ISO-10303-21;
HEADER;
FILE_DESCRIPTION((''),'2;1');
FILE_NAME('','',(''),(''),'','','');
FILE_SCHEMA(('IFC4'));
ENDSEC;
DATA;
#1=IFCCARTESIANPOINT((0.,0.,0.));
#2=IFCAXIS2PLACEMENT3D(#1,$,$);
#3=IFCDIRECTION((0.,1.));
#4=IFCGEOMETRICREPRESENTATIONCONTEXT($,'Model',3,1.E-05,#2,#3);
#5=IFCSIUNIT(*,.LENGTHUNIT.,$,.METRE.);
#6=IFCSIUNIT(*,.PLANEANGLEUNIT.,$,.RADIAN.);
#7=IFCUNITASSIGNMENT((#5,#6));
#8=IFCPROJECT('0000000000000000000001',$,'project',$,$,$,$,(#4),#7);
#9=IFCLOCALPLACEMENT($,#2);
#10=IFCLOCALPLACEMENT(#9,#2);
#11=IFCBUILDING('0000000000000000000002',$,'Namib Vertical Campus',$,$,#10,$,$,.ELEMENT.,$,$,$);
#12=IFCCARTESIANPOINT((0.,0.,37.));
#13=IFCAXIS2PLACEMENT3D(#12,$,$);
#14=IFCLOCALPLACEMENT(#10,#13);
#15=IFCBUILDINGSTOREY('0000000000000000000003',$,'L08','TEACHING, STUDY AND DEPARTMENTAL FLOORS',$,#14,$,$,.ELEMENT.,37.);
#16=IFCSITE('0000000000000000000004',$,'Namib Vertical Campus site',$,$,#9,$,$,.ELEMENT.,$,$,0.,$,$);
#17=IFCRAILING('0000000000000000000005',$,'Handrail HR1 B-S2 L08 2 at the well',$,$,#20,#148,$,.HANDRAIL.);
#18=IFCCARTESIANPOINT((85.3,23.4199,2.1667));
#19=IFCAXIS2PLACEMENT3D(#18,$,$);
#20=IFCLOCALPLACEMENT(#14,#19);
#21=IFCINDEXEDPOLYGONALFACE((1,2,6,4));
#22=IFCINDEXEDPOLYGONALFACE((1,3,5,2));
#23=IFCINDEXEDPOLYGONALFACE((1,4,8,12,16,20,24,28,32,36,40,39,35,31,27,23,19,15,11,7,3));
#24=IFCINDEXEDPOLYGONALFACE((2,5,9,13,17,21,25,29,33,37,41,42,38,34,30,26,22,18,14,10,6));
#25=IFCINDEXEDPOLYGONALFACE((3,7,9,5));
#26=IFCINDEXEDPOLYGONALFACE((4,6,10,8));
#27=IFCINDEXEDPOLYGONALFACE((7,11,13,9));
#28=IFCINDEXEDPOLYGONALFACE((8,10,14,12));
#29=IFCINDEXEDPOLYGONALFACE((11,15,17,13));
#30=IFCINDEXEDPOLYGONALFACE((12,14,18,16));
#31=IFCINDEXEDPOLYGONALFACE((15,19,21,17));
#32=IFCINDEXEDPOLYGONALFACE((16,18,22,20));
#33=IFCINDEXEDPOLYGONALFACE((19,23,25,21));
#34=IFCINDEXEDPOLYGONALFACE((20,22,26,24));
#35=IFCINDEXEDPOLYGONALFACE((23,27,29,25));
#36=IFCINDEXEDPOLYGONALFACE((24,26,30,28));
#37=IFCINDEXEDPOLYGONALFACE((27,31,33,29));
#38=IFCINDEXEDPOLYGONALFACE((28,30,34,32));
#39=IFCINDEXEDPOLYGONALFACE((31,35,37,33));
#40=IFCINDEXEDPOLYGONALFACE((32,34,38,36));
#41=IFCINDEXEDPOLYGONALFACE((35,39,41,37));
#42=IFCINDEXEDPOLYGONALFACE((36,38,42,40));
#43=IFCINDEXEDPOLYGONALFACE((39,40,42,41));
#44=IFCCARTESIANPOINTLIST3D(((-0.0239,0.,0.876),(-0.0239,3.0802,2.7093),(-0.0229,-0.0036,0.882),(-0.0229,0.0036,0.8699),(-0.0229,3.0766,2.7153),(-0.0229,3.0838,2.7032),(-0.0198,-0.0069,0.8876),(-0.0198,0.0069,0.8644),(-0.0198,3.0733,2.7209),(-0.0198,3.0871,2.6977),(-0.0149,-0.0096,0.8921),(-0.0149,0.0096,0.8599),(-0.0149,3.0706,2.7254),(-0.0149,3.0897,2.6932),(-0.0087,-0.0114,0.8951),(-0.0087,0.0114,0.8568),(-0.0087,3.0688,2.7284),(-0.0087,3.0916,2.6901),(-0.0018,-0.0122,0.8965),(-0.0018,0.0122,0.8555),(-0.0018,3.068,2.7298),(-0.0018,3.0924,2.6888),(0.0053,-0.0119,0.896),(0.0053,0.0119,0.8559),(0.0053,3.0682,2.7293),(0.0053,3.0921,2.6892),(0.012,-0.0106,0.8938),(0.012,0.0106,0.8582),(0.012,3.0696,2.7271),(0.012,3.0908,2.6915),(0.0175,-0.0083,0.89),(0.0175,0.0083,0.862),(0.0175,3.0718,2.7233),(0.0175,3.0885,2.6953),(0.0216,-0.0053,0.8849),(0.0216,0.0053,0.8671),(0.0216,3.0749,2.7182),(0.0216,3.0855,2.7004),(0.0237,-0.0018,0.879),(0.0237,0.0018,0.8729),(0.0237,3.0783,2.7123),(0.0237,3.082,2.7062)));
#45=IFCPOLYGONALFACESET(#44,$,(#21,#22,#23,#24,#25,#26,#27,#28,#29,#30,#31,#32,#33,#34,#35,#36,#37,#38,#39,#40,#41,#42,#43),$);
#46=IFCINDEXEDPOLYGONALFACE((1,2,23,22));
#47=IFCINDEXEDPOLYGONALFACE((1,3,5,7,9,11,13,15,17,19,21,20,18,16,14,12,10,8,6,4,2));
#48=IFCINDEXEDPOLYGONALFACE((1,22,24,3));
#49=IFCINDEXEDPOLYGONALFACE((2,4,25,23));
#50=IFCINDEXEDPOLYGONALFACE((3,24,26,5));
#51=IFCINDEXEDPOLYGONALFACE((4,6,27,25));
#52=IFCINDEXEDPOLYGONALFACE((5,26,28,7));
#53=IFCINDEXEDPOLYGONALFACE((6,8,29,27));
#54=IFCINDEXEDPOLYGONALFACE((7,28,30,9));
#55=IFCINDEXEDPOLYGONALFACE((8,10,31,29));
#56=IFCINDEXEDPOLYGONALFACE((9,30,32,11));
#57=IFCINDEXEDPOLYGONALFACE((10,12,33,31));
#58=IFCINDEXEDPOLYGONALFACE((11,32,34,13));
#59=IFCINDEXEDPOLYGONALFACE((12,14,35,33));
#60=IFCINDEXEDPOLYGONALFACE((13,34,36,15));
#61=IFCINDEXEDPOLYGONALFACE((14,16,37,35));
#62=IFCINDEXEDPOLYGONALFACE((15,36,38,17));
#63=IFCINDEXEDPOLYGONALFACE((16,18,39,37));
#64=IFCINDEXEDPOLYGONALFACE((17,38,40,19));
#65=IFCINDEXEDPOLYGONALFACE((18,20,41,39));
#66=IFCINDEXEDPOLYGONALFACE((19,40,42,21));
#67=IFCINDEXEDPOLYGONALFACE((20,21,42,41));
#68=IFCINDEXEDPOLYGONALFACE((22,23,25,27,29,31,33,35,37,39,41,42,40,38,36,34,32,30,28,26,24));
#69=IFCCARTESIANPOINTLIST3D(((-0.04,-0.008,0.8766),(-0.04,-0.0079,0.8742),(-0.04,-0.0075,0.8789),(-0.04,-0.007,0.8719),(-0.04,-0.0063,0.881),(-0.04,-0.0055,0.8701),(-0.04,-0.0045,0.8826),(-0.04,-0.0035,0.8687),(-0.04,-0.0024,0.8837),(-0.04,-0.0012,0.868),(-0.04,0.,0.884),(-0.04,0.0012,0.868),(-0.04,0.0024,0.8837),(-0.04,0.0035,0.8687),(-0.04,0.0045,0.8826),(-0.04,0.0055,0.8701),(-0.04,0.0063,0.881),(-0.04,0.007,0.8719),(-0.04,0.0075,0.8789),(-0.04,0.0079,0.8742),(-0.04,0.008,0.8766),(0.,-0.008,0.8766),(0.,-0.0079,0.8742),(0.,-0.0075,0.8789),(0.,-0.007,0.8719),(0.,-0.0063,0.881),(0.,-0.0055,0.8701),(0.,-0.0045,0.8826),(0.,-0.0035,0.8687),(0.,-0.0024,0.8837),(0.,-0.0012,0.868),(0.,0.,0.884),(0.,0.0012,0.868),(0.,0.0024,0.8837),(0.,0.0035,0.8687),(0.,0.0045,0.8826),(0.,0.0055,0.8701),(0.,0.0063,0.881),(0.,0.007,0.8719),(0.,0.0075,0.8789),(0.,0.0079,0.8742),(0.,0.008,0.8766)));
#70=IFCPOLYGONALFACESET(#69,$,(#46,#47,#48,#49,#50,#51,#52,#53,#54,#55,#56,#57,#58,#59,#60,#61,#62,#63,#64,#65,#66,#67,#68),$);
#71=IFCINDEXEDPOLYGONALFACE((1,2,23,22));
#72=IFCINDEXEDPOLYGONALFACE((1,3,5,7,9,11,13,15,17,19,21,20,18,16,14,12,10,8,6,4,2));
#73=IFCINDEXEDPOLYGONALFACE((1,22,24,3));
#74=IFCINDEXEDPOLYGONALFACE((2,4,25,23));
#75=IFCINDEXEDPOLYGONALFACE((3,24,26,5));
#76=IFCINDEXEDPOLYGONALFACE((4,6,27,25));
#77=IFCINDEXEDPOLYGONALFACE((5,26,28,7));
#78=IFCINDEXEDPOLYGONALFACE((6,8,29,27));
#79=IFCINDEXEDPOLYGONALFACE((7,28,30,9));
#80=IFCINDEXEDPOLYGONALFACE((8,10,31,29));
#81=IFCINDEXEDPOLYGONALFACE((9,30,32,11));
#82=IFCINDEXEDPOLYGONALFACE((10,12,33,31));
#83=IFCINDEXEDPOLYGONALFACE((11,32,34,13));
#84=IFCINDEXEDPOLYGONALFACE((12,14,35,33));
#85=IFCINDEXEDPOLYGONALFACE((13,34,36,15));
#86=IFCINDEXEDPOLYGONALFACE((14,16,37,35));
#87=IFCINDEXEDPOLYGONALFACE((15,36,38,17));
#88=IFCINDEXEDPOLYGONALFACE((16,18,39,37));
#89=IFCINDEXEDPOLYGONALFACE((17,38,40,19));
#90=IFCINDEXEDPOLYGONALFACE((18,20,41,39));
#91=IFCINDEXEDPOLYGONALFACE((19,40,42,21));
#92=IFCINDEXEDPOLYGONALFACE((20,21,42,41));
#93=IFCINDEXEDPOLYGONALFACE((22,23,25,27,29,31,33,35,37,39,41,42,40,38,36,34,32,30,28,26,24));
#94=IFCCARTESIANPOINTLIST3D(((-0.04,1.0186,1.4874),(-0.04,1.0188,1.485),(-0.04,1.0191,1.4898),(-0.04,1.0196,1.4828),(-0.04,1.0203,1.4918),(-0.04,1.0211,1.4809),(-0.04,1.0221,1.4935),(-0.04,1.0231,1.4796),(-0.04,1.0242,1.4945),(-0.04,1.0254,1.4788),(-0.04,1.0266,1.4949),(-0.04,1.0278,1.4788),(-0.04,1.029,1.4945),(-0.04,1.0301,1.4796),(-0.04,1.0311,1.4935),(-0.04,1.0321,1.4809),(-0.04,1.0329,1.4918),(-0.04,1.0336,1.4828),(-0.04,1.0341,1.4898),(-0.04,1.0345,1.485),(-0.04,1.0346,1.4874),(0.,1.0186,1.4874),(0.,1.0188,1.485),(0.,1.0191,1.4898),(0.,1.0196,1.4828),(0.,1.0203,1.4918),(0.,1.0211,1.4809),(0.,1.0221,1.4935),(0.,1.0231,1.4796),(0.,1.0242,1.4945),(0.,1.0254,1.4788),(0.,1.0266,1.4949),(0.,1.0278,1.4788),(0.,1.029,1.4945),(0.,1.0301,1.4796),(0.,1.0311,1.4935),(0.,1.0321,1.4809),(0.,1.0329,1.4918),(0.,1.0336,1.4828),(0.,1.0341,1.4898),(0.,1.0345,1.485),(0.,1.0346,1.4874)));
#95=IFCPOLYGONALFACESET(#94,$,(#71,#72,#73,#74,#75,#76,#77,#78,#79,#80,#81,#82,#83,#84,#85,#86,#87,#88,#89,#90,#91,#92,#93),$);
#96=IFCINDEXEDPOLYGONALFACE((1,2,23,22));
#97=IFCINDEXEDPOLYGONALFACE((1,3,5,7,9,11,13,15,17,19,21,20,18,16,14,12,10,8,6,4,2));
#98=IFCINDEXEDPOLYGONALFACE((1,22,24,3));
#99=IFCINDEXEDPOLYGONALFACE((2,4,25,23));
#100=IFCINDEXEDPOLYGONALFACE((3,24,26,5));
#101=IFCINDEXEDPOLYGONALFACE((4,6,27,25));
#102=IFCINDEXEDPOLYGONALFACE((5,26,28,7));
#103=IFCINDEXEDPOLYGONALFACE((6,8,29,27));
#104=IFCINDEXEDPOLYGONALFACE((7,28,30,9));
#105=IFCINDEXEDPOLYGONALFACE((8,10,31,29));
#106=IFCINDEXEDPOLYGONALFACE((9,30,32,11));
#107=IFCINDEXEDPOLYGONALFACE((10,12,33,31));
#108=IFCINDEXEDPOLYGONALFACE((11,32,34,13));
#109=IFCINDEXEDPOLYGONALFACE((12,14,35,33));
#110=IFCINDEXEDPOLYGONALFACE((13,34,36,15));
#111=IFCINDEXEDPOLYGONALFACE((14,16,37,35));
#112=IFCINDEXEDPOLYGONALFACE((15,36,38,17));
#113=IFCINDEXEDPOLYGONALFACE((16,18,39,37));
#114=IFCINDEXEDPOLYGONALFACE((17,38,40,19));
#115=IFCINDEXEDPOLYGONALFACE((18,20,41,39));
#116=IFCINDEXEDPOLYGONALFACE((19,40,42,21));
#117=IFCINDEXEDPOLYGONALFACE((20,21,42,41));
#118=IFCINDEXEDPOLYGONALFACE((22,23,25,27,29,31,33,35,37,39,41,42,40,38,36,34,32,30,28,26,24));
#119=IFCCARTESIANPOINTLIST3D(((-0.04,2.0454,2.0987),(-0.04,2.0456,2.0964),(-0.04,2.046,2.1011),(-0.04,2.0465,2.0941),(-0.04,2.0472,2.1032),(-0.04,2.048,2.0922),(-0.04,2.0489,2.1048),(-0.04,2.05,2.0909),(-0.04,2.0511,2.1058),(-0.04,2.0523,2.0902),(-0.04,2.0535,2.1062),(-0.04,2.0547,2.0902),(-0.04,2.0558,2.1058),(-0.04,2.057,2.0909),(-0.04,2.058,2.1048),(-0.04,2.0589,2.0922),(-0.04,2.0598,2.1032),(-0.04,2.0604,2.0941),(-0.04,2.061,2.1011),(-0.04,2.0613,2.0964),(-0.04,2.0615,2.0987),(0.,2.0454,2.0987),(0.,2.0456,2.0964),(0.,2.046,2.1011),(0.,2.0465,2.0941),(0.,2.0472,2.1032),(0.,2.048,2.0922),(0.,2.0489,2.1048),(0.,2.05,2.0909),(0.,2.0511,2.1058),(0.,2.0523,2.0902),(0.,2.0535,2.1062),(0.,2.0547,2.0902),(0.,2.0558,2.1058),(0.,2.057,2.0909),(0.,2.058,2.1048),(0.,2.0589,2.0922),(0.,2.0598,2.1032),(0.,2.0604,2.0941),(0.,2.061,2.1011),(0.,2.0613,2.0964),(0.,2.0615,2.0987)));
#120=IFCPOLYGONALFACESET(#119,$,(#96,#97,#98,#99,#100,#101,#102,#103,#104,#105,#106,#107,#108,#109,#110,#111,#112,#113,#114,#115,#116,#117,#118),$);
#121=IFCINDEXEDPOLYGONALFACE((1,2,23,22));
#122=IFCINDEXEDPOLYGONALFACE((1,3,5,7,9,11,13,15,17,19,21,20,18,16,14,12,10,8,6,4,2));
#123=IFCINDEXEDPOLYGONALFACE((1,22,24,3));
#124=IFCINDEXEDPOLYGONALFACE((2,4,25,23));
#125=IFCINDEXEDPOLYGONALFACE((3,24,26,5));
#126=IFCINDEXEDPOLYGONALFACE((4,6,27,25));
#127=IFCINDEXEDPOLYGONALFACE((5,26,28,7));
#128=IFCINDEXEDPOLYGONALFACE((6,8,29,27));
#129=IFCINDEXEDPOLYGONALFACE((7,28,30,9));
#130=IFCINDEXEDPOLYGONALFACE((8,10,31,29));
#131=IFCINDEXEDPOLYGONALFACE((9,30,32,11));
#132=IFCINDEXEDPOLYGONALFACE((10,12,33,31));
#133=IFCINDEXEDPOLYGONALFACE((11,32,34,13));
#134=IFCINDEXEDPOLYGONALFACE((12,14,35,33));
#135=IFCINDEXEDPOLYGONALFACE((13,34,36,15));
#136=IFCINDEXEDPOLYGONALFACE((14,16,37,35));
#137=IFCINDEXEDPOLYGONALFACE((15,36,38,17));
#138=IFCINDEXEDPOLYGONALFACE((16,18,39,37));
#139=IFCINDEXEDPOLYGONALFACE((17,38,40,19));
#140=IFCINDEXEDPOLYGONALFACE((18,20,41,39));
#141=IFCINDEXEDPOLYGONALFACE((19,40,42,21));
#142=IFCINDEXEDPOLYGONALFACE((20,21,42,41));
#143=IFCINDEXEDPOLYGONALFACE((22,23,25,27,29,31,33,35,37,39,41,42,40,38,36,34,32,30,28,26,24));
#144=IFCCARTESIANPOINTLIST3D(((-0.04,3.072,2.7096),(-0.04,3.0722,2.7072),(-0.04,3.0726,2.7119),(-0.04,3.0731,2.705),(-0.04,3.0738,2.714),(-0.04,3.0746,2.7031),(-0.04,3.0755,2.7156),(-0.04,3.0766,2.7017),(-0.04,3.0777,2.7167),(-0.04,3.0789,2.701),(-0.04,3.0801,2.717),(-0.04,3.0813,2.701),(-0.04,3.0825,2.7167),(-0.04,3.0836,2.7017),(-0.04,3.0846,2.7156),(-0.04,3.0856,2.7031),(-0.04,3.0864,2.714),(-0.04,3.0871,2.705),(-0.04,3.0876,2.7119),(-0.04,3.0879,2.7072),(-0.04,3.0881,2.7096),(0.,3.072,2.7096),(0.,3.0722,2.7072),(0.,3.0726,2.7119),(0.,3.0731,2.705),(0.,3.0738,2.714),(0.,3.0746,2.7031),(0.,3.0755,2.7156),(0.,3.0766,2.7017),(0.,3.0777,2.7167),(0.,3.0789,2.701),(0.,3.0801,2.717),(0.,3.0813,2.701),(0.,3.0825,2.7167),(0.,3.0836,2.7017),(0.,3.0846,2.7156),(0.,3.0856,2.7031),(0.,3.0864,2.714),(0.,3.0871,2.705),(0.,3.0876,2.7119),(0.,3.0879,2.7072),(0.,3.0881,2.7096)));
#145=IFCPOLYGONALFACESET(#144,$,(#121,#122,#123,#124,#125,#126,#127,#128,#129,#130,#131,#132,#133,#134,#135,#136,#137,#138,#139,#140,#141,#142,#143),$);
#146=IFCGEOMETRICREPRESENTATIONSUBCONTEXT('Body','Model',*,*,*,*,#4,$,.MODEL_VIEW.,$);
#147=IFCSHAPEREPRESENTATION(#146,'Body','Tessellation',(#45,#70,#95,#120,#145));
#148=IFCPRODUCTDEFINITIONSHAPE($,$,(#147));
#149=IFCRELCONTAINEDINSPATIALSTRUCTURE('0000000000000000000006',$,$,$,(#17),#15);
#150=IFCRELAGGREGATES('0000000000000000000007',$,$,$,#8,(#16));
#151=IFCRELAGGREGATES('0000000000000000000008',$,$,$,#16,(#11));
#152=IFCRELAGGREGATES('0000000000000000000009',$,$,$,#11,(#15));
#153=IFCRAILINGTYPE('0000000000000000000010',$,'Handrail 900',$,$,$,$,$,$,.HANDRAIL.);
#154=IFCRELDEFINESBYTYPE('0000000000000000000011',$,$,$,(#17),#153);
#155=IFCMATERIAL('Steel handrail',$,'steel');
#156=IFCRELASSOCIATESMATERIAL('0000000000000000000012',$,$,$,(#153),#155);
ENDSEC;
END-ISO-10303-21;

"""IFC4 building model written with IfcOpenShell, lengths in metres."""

from ifc_helpers import new_model, si_unit, direction, frame, origin, origin_2d, place, context, subcontext, project, spatial, circle, extrude, material, type_object, element, save


model = new_model("IFC4")

# Units and contexts
model_context = context("Model", 3, precision=1e-05, world=origin(), true_north=direction((0.0, 1.0)))
body_context = subcontext(model_context, "Body", "Model", "MODEL_VIEW")
ifc_project = project(units=[si_unit("LENGTHUNIT", "METRE"), si_unit("PLANEANGLEUNIT", "RADIAN")], contexts=[model_context])

# Site, building, storey
site_placement = place(None, origin())
site = spatial("IfcSite", under=ifc_project, at=site_placement, Name="Namib Vertical Campus site", CompositionType="ELEMENT", RefElevation=0.0)
building_placement = place(site_placement, origin())
building = spatial("IfcBuilding", under=site, at=building_placement, Name="Namib Vertical Campus", CompositionType="ELEMENT")
storey_placement = place(building_placement, frame((0.0, 0.0, 37.0)))
storey = spatial("IfcBuildingStorey", under=building, at=storey_placement, Name="L08", Description="TEACHING, STUDY AND DEPARTMENTAL FLOORS", CompositionType="ELEMENT", Elevation=37.0)

# Railing
ifc_material_1 = material(Name="Steel handrail", Category="steel")
railing_type_1 = type_object("IfcRailingType", Name="Handrail 900", PredefinedType="HANDRAIL", material=ifc_material_1)
railing_1_placement = place(storey_placement, frame((85.3, 23.4199, 2.1667)))
element("IfcRailing", 1, at=railing_1_placement, inside=storey, type_object=railing_type_1, Name="Handrail HR1 B-S2 L08 2 at the well", PredefinedType="HANDRAIL", context=body_context, shape_type="SweptSolid", body=[
    extrude(circle(Radius=0.0239, at=origin_2d()), frame((0.0, 0.0, 0.876), z_axis=(0.0, 0.859309, 0.511458), x_axis=(-1.0, 0.0, 0.0)), (0.0, 0.0, 1.0), 3.5845),
    extrude(circle(Radius=0.0081, at=origin_2d()), frame((0.0, 0.0, 0.876), z_axis=(-1.0, 0.0, 0.0), x_axis=(0.0, 0.0, 1.0)), (0.0, 0.0, 1.0), 0.04),
    extrude(circle(Radius=0.0081, at=origin_2d()), frame((0.0, 1.0266, 1.4868), z_axis=(-1.0, 0.0, 0.0), x_axis=(0.0, 0.0, 1.0)), (0.0, 0.0, 1.0), 0.04),
    extrude(circle(Radius=0.0081, at=origin_2d()), frame((0.0, 2.0535, 2.0981), z_axis=(-1.0, 0.0, 0.0), x_axis=(0.0, 0.0, 1.0)), (0.0, 0.0, 1.0), 0.04),
    extrude(circle(Radius=0.0081, at=origin_2d()), frame((0.0, 3.0801, 2.709), z_axis=(-1.0, 0.0, 0.0), x_axis=(0.0, 0.0, 1.0)), (0.0, 0.0, 1.0), 0.04),
])

save(model, "model.ifc")
